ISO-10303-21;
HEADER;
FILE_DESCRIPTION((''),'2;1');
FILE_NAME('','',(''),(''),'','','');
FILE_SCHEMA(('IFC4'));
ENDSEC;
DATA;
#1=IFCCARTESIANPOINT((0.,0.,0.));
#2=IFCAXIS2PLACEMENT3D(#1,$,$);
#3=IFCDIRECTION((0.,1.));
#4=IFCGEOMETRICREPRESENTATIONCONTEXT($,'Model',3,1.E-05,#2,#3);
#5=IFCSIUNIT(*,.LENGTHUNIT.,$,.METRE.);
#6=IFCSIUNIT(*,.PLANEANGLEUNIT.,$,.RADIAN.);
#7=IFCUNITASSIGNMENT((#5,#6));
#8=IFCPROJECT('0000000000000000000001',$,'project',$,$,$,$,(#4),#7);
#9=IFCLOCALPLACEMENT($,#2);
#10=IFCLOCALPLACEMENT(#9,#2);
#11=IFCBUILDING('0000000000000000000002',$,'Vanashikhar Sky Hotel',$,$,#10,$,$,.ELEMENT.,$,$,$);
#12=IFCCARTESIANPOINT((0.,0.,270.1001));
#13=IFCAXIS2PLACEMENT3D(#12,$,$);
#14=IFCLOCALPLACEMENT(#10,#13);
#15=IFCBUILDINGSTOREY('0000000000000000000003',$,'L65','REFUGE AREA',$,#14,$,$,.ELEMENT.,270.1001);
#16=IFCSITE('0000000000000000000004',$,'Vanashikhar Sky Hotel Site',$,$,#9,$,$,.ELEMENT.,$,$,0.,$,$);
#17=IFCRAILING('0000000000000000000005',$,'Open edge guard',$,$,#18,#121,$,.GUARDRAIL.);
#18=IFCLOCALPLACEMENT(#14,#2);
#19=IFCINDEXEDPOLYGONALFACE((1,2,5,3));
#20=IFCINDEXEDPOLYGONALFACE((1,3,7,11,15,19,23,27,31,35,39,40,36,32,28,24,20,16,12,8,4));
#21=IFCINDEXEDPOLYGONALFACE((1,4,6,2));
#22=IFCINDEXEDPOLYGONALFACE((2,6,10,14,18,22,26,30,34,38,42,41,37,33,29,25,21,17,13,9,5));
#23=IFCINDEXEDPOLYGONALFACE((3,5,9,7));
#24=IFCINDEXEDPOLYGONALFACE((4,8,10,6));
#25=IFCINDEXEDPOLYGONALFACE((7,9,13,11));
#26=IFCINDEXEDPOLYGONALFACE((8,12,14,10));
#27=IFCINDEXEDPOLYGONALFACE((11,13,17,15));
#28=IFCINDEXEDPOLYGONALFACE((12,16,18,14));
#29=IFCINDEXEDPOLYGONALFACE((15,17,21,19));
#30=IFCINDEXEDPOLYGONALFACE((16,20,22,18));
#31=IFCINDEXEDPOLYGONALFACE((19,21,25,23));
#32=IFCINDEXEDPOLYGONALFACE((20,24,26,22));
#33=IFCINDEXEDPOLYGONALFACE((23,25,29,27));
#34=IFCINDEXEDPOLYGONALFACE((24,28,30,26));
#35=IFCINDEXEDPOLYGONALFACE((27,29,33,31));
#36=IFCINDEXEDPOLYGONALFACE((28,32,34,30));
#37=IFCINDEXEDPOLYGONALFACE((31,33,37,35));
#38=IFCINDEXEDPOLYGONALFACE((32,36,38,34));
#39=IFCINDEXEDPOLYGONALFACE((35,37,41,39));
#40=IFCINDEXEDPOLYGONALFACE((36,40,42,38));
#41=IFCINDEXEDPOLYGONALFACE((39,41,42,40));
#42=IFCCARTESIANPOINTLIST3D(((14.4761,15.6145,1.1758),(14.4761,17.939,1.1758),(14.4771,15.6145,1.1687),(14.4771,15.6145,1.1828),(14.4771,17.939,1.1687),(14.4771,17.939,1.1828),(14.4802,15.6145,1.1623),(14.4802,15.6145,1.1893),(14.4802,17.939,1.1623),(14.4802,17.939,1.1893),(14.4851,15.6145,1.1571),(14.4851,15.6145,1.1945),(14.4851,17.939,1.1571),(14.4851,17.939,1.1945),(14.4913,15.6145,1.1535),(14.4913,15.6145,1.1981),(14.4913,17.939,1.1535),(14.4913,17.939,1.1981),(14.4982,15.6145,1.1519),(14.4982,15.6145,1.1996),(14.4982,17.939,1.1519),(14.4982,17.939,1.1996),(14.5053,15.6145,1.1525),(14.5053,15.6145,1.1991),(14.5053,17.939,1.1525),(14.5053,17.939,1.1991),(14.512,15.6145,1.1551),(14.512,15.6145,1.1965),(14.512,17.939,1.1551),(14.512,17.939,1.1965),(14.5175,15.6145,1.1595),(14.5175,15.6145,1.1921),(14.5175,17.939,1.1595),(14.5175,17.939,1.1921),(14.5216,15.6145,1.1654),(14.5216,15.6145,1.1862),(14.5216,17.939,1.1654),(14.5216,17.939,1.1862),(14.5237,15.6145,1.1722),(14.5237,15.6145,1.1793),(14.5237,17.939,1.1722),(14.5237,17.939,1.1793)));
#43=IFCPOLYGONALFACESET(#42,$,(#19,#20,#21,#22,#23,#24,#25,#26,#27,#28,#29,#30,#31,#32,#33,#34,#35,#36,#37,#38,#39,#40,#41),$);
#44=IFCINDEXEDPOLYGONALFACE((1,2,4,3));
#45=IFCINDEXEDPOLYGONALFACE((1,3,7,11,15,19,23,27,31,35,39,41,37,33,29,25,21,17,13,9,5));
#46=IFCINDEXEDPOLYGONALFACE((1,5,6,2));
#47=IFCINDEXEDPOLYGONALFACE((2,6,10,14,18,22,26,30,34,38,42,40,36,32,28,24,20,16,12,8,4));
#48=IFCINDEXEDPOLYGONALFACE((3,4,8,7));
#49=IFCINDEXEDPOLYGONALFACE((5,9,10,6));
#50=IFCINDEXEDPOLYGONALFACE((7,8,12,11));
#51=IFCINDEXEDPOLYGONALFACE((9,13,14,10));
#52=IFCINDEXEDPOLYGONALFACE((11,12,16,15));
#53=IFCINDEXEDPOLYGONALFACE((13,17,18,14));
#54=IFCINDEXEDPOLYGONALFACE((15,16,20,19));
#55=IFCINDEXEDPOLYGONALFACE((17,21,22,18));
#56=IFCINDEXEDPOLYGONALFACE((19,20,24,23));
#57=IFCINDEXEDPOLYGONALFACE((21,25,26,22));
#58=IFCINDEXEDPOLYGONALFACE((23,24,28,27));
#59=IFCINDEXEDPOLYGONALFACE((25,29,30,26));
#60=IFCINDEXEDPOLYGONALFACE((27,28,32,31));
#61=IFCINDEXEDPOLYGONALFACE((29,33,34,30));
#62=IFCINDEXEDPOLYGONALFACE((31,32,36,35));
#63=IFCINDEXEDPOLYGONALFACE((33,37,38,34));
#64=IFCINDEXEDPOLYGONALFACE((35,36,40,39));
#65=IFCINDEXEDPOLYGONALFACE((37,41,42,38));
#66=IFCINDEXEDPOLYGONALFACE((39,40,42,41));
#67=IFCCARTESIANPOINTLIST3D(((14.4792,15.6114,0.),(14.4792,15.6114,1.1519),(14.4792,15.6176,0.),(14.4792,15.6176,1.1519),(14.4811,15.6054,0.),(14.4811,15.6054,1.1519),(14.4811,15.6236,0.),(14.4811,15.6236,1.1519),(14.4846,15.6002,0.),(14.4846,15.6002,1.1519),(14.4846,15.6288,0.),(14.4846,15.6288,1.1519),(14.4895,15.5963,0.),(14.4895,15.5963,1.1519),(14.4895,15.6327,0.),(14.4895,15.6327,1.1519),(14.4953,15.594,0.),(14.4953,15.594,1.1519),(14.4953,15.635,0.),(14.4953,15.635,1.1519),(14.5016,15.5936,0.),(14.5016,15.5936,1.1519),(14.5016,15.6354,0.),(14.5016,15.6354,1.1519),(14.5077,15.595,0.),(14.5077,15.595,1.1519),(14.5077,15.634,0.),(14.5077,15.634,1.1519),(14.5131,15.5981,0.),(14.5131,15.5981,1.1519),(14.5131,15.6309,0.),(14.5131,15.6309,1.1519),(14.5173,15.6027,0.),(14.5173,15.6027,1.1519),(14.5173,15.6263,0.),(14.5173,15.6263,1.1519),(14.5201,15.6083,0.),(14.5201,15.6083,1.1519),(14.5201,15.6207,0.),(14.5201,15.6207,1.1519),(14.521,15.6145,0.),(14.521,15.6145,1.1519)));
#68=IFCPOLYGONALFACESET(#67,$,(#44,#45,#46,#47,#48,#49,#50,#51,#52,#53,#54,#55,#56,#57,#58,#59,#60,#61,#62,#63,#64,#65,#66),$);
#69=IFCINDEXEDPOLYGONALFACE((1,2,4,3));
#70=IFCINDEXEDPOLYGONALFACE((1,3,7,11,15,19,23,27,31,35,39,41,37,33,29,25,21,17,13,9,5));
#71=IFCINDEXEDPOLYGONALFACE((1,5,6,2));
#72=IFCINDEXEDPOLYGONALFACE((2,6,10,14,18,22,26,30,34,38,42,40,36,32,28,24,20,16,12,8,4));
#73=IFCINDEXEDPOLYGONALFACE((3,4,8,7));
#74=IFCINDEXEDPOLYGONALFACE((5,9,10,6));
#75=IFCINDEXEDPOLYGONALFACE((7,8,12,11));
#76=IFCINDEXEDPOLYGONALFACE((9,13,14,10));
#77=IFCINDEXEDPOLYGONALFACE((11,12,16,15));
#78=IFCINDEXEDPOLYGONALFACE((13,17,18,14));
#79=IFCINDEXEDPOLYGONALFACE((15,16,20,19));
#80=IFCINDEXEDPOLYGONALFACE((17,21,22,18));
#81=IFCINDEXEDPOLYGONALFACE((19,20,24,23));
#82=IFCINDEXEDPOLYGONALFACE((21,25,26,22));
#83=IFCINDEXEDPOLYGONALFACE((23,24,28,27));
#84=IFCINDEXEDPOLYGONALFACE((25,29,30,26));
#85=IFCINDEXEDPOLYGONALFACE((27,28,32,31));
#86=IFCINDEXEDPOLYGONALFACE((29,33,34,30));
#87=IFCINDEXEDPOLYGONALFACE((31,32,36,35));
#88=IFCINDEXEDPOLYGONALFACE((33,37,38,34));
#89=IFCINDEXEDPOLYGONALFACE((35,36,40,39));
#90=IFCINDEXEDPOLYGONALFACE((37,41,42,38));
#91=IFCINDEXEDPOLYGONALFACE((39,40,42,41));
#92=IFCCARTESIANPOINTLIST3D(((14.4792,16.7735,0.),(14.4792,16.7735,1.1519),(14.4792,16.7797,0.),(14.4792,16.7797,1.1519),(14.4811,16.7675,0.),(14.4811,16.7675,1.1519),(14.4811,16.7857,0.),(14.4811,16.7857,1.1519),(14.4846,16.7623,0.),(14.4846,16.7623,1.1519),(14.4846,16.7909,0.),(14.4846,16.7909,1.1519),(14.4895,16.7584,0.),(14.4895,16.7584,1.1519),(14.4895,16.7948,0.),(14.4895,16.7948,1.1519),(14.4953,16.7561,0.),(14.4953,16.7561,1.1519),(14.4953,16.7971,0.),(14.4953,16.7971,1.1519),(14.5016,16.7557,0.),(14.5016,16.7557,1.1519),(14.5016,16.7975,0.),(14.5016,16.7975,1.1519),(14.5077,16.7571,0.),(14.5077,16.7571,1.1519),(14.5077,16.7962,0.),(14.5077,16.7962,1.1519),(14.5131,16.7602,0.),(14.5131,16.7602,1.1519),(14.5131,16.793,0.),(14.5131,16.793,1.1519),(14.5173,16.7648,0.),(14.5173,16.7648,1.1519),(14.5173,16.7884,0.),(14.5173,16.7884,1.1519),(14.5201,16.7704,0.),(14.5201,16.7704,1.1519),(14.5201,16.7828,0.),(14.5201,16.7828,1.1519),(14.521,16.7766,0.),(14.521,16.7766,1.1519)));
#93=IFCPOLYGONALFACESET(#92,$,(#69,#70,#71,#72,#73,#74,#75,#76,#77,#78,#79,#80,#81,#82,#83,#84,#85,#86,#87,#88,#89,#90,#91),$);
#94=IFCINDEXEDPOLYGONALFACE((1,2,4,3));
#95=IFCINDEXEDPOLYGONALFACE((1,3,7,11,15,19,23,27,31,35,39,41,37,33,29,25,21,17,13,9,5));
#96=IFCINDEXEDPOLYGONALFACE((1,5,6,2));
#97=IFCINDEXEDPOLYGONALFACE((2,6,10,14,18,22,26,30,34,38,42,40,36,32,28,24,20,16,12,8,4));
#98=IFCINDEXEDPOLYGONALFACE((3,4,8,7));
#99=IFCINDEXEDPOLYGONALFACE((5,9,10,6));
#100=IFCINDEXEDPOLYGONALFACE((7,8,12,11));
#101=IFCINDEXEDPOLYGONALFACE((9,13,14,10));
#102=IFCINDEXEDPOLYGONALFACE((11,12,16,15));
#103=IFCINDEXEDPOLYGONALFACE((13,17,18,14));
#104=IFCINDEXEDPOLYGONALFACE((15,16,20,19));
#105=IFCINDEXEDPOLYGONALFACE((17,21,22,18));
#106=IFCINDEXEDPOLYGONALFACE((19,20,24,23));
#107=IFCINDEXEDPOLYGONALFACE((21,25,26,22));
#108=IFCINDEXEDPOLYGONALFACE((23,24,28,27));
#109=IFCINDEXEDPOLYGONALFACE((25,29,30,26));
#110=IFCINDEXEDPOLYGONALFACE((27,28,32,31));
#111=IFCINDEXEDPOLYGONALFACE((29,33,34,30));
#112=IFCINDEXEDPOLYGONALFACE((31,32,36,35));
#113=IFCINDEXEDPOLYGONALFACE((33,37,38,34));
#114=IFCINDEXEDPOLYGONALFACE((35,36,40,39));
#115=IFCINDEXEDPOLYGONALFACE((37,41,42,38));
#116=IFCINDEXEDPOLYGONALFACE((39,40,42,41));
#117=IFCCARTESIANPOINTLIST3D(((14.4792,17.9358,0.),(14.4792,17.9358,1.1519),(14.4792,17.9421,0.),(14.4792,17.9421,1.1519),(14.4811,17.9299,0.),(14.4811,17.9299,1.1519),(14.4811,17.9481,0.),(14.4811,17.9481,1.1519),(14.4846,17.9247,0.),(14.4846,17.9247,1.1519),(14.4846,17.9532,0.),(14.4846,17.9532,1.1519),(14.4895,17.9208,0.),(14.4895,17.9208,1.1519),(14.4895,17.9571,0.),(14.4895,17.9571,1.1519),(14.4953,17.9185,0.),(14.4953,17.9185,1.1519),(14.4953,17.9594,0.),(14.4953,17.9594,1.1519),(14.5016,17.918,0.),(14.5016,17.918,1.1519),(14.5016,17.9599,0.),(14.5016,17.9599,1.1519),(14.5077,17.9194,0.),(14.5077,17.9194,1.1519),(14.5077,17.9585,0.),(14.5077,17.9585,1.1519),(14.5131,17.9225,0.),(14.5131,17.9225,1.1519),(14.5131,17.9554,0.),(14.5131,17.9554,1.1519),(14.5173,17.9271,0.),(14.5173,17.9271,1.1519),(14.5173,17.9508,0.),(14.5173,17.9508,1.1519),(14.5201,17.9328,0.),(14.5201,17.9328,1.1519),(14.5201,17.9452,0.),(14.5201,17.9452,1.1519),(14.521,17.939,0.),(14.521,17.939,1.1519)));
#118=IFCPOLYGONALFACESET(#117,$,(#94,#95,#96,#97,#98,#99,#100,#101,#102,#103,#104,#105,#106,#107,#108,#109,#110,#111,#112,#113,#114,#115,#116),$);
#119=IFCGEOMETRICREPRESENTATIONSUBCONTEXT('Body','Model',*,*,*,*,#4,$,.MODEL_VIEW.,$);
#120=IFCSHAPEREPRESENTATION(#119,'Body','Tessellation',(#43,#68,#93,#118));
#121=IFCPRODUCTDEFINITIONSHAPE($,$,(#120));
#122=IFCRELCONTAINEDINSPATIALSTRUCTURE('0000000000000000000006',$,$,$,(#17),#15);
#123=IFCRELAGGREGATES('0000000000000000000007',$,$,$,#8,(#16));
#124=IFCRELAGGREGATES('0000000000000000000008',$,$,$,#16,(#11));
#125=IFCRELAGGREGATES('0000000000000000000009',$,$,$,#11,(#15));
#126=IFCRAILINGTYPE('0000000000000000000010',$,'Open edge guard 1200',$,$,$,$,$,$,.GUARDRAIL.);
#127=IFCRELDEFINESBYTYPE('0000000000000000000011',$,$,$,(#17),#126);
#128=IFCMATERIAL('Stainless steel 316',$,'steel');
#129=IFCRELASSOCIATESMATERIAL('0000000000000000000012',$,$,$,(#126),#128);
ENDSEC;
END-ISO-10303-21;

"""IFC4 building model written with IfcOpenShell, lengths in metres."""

from ifc_helpers import new_model, si_unit, direction, frame, origin, origin_2d, place, context, subcontext, project, spatial, circle, extrude, source, transform, mapped, material, type_object, element, save


model = new_model("IFC4")

# Units and contexts
model_context = context("Model", 3, precision=1e-05, world=origin(), true_north=direction((0.0, 1.0)))
body_context = subcontext(model_context, "Body", "Model", "MODEL_VIEW")
ifc_project = project(units=[si_unit("LENGTHUNIT", "METRE"), si_unit("PLANEANGLEUNIT", "RADIAN")], contexts=[model_context])

# Site, building, storey
site_placement = place(None, origin())
site = spatial("IfcSite", under=ifc_project, at=site_placement, Name="Vanashikhar Sky Hotel Site", CompositionType="ELEMENT", RefElevation=0.0)
building_placement = place(site_placement, origin())
building = spatial("IfcBuilding", under=site, at=building_placement, Name="Vanashikhar Sky Hotel", CompositionType="ELEMENT")
storey_placement = place(building_placement, frame((0.0, 0.0, 270.1001)))
storey = spatial("IfcBuildingStorey", under=building, at=storey_placement, Name="L65", Description="REFUGE AREA", CompositionType="ELEMENT", Elevation=270.1001)

# Railing
ifc_material_1 = material(Name="Stainless steel 316", Category="steel")
railing_type = type_object("IfcRailingType", Name="Open edge guard 1200", PredefinedType="GUARDRAIL", material=ifc_material_1)
shared_shape_1 = source(origin(), body_context, "Body", "SweptSolid", [
    extrude(circle(Radius=0.0239, at=origin_2d()), frame((0.0, 0.0, 1.1758), z_axis=(0.0, 1.0, 0.0), x_axis=(-1.0, 0.0, 0.0)), (0.0, 0.0, 1.0), 2.3245),
    extrude(circle(Radius=0.021, at=origin_2d()), origin(), (0.0, 0.0, 1.0), 1.1519),
    extrude(circle(Radius=0.021, at=origin_2d()), frame((0.0, 1.1621, 0.0)), (0.0, 0.0, 1.0), 1.1519),
    extrude(circle(Radius=0.021, at=origin_2d()), frame((0.0, 2.3245, 0.0)), (0.0, 0.0, 1.0), 1.1519),
])
for number, where, name in (
    (1, (14.5, 15.6145, 0.0), "Open edge guard"),
):
    element("IfcRailing", number, at=place(storey_placement, frame(where)), inside=storey, type_object=railing_type, Name=name, PredefinedType="GUARDRAIL", context=body_context, shape_type="MappedRepresentation", body=[
        mapped(shared_shape_1, transform((0.0, 0.0, 0.0), scale=1.0)),
    ])

save(model, "model.ifc")
